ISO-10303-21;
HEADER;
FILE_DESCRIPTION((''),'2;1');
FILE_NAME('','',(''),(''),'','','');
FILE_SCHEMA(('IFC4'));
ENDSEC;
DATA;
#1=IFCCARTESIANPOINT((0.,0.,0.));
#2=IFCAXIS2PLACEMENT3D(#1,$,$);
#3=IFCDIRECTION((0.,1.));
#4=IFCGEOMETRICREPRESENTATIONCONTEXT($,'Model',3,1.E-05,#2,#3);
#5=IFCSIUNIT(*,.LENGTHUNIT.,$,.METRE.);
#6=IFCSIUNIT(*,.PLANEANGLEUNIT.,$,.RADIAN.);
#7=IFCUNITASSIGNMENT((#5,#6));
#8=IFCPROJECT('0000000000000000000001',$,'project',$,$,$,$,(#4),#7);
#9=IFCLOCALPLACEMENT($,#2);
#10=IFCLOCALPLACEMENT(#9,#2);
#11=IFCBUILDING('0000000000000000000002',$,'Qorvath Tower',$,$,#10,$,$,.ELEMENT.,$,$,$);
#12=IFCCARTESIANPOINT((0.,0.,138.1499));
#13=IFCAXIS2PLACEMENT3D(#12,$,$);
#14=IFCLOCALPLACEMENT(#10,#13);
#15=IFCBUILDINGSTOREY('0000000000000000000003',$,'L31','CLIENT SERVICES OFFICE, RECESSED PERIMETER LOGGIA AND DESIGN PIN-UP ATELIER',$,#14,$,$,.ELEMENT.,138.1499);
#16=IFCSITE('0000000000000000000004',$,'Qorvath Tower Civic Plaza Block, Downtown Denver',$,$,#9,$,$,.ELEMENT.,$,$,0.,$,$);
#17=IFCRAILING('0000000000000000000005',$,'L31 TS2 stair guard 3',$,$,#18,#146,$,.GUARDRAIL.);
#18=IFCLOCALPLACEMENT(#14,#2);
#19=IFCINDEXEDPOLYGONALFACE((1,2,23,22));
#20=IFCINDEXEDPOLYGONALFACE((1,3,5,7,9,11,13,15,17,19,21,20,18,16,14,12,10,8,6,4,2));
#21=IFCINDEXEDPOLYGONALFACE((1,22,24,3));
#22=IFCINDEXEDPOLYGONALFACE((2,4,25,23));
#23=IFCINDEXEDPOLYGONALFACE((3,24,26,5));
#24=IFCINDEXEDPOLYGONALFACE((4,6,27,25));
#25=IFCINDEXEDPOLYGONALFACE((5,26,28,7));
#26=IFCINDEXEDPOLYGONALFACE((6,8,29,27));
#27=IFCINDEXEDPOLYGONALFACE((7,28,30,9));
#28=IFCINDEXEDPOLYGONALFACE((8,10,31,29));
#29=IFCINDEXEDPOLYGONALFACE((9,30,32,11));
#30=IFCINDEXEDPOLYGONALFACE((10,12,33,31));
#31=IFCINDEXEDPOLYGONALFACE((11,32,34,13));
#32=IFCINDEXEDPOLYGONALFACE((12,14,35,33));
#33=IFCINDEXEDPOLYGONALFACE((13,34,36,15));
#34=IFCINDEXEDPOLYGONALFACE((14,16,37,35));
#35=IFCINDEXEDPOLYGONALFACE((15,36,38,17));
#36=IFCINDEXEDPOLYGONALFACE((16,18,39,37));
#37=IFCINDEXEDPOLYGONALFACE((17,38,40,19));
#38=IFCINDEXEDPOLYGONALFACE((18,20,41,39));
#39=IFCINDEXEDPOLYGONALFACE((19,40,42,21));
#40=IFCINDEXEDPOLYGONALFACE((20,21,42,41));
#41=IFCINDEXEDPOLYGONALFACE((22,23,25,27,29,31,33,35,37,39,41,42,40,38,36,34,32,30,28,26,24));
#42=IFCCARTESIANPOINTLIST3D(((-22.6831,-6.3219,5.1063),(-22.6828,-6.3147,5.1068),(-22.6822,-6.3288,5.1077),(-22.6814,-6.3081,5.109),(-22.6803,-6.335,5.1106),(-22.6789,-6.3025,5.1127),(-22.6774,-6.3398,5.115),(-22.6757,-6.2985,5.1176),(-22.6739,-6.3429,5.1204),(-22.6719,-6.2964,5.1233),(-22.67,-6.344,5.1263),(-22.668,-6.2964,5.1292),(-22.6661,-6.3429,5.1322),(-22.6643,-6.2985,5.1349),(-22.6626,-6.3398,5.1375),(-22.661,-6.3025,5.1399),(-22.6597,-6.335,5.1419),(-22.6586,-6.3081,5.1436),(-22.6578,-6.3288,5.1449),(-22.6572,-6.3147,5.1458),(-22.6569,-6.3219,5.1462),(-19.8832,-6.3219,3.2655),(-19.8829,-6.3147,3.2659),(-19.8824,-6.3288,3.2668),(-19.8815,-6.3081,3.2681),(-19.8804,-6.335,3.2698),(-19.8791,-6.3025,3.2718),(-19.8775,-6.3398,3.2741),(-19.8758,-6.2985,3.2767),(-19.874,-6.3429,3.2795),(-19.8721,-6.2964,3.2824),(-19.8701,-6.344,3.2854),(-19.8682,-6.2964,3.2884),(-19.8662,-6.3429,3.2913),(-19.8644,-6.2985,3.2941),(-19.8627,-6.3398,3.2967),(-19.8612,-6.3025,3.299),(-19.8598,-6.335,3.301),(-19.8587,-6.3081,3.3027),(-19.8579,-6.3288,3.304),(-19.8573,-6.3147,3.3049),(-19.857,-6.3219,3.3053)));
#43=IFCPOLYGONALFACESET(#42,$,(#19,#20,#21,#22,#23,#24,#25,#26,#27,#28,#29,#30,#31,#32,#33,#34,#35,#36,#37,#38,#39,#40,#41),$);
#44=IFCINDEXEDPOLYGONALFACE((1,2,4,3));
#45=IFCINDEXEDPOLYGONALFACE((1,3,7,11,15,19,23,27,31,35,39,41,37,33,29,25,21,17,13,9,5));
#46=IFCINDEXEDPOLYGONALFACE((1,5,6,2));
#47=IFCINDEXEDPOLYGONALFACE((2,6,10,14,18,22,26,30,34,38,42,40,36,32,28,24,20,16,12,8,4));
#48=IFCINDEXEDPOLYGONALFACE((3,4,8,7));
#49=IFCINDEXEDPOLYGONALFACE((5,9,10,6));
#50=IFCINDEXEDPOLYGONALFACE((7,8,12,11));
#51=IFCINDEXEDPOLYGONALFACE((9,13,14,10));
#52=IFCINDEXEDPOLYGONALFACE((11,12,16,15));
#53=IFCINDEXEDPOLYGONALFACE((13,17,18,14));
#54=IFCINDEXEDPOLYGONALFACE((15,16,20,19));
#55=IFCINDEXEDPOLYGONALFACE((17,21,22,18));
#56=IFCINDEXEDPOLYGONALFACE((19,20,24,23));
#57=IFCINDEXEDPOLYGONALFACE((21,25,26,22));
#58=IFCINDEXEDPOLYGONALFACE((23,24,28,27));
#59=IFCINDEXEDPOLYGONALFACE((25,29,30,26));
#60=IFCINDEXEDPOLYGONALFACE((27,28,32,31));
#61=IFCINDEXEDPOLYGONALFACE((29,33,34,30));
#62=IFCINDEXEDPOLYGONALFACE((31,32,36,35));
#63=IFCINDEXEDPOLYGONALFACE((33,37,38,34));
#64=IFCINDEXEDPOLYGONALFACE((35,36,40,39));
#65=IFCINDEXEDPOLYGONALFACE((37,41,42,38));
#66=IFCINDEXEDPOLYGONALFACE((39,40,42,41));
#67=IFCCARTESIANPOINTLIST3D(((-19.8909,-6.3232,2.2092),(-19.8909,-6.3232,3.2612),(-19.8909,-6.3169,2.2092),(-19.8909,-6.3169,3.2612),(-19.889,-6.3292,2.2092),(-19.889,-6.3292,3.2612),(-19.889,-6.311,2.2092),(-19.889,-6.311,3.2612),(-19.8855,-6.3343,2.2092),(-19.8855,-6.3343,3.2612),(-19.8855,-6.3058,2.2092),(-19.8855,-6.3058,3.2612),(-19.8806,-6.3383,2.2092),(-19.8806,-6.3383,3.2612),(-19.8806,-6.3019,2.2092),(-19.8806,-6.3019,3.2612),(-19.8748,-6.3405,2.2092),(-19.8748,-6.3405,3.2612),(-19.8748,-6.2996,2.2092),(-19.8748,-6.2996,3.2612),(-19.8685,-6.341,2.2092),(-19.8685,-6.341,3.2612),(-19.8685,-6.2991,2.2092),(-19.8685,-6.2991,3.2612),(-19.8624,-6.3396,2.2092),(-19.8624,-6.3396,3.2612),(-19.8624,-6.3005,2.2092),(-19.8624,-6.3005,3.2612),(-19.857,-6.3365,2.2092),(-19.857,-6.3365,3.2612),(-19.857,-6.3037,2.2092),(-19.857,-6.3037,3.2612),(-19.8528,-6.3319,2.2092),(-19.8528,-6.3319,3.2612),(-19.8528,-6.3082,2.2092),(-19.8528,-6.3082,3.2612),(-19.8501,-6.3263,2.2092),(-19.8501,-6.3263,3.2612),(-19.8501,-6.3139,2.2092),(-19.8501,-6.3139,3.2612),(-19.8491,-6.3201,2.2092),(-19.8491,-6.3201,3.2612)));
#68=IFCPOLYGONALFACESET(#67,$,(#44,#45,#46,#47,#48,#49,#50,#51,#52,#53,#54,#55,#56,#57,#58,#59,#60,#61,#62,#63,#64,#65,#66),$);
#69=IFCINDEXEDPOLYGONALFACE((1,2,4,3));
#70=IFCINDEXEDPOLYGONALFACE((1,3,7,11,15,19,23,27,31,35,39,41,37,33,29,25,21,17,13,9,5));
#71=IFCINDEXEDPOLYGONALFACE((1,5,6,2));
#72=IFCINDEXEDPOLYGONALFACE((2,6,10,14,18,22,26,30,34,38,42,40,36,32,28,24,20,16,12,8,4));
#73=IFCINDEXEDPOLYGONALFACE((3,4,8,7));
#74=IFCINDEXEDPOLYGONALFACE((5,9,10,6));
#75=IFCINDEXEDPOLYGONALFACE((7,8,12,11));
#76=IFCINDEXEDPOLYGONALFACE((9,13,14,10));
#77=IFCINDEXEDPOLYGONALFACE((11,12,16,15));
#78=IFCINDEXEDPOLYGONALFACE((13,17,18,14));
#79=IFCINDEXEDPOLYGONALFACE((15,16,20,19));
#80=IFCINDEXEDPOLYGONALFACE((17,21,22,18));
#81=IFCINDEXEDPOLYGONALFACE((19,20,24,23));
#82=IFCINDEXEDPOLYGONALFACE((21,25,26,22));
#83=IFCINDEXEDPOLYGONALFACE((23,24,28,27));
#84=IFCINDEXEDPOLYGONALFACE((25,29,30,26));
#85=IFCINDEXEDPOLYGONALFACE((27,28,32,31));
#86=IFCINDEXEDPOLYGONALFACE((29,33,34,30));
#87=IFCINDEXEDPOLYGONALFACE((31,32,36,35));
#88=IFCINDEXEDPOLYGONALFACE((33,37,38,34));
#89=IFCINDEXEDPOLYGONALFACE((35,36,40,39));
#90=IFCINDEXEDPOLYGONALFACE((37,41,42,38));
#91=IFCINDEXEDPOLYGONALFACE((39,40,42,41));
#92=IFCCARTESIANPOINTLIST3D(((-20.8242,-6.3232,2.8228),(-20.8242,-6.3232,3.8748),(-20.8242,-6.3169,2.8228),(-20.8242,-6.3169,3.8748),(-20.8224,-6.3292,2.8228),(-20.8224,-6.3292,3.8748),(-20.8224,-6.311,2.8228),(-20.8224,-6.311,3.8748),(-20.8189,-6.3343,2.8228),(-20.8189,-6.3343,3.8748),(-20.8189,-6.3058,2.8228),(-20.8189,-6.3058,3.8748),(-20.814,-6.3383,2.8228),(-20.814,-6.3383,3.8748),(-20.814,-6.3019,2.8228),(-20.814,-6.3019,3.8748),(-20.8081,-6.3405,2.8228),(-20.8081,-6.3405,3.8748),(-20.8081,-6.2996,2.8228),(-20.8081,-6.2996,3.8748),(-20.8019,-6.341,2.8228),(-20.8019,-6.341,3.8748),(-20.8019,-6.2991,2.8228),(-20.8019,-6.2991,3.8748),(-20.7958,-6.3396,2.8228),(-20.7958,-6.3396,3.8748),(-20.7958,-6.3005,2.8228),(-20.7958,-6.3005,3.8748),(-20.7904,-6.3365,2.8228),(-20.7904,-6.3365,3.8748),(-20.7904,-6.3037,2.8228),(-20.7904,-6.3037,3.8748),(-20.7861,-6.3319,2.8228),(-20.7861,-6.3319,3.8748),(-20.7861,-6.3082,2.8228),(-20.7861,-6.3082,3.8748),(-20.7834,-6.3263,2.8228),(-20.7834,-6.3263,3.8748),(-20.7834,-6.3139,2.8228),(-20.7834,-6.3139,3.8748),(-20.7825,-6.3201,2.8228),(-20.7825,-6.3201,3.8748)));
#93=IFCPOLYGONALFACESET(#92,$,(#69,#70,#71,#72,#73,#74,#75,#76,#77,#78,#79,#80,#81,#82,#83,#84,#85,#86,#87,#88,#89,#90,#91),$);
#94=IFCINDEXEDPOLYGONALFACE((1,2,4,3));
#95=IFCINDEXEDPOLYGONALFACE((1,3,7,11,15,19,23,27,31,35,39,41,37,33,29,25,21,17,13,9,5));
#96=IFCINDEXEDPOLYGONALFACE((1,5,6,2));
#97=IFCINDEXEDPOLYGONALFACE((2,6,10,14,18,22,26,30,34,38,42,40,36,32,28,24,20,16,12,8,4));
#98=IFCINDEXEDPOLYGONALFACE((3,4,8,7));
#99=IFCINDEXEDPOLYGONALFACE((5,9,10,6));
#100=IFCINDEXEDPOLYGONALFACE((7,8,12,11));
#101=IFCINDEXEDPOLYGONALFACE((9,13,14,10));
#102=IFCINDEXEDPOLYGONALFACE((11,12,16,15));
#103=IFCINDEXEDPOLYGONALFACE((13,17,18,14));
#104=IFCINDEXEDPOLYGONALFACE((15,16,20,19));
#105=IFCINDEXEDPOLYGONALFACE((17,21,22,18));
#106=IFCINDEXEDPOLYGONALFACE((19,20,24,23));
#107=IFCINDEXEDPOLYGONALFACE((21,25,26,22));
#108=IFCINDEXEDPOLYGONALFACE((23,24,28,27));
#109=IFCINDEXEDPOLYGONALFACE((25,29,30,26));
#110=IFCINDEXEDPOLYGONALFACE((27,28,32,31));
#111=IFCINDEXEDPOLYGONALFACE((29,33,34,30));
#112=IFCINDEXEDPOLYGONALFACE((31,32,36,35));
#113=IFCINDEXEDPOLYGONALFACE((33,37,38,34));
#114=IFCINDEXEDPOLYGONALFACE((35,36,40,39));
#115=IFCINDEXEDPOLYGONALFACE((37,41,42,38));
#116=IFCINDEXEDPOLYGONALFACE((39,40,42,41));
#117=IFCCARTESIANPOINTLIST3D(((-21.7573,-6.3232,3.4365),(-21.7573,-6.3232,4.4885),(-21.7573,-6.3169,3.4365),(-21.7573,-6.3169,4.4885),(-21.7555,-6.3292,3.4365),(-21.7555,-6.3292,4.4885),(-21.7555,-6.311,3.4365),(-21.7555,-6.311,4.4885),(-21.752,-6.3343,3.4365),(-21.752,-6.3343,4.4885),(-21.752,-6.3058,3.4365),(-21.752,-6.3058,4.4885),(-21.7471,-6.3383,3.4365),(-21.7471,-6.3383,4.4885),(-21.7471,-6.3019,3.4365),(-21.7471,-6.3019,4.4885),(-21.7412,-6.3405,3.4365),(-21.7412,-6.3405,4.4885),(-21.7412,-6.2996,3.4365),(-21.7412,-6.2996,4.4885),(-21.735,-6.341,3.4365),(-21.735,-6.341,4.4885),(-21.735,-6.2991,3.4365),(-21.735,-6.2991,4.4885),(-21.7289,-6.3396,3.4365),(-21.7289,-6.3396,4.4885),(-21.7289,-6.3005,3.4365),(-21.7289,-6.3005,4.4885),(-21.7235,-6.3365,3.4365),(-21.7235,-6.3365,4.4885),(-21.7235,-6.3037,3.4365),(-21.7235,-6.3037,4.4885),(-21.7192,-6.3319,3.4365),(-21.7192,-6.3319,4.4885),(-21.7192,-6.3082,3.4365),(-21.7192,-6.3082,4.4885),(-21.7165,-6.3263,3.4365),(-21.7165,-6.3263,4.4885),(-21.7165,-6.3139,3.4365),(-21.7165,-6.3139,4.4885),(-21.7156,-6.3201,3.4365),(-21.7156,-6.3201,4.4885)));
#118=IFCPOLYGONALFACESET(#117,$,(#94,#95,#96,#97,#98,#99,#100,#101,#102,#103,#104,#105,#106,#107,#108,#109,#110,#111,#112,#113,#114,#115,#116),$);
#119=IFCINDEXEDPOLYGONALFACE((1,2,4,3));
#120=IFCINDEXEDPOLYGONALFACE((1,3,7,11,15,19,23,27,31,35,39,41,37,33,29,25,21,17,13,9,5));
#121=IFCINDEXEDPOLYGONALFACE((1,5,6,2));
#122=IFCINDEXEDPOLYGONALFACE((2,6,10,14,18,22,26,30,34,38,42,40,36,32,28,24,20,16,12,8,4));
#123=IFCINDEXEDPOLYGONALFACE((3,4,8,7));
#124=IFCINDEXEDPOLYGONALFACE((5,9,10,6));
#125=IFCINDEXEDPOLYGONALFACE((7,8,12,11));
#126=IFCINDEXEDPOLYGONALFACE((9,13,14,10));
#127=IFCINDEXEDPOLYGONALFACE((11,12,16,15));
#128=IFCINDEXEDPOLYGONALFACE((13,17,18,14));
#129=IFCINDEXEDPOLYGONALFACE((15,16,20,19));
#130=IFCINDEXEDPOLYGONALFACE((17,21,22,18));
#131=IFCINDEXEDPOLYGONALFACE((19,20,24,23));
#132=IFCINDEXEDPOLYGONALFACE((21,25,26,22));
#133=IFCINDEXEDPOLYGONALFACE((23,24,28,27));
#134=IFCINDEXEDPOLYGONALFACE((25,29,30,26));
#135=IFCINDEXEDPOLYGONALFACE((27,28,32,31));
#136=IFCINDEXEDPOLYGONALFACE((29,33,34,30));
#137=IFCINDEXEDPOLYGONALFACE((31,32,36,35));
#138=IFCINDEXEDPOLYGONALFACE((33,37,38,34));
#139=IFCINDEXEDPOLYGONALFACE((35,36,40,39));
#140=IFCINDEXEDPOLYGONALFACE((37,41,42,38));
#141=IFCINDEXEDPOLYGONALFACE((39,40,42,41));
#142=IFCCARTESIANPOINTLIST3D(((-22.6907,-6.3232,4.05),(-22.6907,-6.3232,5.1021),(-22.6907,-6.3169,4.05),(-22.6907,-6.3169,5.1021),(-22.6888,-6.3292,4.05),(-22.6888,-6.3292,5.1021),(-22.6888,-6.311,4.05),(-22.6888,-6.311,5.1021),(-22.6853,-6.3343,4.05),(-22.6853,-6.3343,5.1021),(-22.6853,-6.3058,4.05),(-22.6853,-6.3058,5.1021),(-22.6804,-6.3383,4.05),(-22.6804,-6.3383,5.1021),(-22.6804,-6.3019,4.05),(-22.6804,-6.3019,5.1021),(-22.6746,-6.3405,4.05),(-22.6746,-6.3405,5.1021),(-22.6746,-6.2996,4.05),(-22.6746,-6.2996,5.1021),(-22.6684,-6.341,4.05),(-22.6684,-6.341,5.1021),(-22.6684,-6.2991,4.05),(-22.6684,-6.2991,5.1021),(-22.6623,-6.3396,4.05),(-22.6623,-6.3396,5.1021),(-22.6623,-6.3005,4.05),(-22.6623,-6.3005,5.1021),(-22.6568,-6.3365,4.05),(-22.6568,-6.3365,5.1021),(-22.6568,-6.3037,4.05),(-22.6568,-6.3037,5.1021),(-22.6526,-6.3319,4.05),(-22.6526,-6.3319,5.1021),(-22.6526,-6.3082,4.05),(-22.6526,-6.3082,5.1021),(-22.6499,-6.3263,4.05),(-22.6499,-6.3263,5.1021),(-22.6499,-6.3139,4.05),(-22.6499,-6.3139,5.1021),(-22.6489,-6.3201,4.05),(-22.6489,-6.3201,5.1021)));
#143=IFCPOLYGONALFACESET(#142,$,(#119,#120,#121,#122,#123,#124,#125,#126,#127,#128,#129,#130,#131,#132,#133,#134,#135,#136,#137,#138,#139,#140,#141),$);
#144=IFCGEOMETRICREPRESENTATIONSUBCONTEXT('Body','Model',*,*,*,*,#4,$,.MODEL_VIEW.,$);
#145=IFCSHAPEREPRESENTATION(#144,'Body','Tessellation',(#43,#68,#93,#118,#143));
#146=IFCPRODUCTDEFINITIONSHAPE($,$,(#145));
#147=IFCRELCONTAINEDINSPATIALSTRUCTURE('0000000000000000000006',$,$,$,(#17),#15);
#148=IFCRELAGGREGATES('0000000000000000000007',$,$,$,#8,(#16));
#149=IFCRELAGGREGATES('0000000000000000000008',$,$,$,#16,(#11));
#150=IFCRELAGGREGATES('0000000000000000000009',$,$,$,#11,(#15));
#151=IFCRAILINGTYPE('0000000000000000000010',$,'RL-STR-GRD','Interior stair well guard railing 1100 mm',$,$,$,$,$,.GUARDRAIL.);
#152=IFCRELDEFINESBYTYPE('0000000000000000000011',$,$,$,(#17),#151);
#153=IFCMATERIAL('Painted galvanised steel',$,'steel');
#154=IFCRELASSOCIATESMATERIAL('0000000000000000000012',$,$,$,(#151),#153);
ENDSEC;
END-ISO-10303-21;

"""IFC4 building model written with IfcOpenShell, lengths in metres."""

from ifc_helpers import new_model, si_unit, direction, frame, origin, origin_2d, place, context, subcontext, project, spatial, circle, extrude, material, type_object, element, save


model = new_model("IFC4")

# Units and contexts
model_context = context("Model", 3, precision=1e-05, world=origin(), true_north=direction((0.0, 1.0)))
body_context = subcontext(model_context, "Body", "Model", "MODEL_VIEW")
ifc_project = project(units=[si_unit("LENGTHUNIT", "METRE"), si_unit("PLANEANGLEUNIT", "RADIAN")], contexts=[model_context])

# Site, building, storey
site_placement = place(None, origin())
site = spatial("IfcSite", under=ifc_project, at=site_placement, Name="Qorvath Tower Civic Plaza Block, Downtown Denver", CompositionType="ELEMENT", RefElevation=0.0)
building_placement = place(site_placement, origin())
building = spatial("IfcBuilding", under=site, at=building_placement, Name="Qorvath Tower", CompositionType="ELEMENT")
storey_placement = place(building_placement, frame((0.0, 0.0, 138.1499)))
storey = spatial("IfcBuildingStorey", under=building, at=storey_placement, Name="L31", Description="CLIENT SERVICES OFFICE, RECESSED PERIMETER LOGGIA AND DESIGN PIN-UP ATELIER", CompositionType="ELEMENT", Elevation=138.1499)

# Railing
ifc_material_1 = material(Name="Painted galvanised steel", Category="steel")
railing_type_1 = type_object("IfcRailingType", Name="RL-STR-GRD", Description="Interior stair well guard railing 1100 mm", PredefinedType="GUARDRAIL", material=ifc_material_1)
railing_1_placement = place(storey_placement, frame((-19.8701, -6.3201, 2.2092)))
element("IfcRailing", 1, at=railing_1_placement, inside=storey, type_object=railing_type_1, Name="L31 TS2 stair guard 3", PredefinedType="GUARDRAIL", context=body_context, shape_type="SweptSolid", body=[
    extrude(circle(Radius=0.0239, at=origin_2d()), frame((0.0, 0.0, 1.0762), z_axis=(-0.835576, 0.0, 0.549376), x_axis=(0.0, -1.0, 0.0)), (0.0, 0.0, 1.0), 3.3508),
    extrude(circle(Radius=0.021, at=origin_2d()), origin(), (0.0, 0.0, 1.0), 1.052),
    extrude(circle(Radius=0.021, at=origin_2d()), frame((-0.9333, 0.0, 0.6135)), (0.0, 0.0, 1.0), 1.052),
    extrude(circle(Radius=0.021, at=origin_2d()), frame((-1.8665, 0.0, 1.2273)), (0.0, 0.0, 1.0), 1.052),
    extrude(circle(Radius=0.021, at=origin_2d()), frame((-2.7998, 0.0, 1.8408)), (0.0, 0.0, 1.0), 1.052),
])

save(model, "model.ifc")
